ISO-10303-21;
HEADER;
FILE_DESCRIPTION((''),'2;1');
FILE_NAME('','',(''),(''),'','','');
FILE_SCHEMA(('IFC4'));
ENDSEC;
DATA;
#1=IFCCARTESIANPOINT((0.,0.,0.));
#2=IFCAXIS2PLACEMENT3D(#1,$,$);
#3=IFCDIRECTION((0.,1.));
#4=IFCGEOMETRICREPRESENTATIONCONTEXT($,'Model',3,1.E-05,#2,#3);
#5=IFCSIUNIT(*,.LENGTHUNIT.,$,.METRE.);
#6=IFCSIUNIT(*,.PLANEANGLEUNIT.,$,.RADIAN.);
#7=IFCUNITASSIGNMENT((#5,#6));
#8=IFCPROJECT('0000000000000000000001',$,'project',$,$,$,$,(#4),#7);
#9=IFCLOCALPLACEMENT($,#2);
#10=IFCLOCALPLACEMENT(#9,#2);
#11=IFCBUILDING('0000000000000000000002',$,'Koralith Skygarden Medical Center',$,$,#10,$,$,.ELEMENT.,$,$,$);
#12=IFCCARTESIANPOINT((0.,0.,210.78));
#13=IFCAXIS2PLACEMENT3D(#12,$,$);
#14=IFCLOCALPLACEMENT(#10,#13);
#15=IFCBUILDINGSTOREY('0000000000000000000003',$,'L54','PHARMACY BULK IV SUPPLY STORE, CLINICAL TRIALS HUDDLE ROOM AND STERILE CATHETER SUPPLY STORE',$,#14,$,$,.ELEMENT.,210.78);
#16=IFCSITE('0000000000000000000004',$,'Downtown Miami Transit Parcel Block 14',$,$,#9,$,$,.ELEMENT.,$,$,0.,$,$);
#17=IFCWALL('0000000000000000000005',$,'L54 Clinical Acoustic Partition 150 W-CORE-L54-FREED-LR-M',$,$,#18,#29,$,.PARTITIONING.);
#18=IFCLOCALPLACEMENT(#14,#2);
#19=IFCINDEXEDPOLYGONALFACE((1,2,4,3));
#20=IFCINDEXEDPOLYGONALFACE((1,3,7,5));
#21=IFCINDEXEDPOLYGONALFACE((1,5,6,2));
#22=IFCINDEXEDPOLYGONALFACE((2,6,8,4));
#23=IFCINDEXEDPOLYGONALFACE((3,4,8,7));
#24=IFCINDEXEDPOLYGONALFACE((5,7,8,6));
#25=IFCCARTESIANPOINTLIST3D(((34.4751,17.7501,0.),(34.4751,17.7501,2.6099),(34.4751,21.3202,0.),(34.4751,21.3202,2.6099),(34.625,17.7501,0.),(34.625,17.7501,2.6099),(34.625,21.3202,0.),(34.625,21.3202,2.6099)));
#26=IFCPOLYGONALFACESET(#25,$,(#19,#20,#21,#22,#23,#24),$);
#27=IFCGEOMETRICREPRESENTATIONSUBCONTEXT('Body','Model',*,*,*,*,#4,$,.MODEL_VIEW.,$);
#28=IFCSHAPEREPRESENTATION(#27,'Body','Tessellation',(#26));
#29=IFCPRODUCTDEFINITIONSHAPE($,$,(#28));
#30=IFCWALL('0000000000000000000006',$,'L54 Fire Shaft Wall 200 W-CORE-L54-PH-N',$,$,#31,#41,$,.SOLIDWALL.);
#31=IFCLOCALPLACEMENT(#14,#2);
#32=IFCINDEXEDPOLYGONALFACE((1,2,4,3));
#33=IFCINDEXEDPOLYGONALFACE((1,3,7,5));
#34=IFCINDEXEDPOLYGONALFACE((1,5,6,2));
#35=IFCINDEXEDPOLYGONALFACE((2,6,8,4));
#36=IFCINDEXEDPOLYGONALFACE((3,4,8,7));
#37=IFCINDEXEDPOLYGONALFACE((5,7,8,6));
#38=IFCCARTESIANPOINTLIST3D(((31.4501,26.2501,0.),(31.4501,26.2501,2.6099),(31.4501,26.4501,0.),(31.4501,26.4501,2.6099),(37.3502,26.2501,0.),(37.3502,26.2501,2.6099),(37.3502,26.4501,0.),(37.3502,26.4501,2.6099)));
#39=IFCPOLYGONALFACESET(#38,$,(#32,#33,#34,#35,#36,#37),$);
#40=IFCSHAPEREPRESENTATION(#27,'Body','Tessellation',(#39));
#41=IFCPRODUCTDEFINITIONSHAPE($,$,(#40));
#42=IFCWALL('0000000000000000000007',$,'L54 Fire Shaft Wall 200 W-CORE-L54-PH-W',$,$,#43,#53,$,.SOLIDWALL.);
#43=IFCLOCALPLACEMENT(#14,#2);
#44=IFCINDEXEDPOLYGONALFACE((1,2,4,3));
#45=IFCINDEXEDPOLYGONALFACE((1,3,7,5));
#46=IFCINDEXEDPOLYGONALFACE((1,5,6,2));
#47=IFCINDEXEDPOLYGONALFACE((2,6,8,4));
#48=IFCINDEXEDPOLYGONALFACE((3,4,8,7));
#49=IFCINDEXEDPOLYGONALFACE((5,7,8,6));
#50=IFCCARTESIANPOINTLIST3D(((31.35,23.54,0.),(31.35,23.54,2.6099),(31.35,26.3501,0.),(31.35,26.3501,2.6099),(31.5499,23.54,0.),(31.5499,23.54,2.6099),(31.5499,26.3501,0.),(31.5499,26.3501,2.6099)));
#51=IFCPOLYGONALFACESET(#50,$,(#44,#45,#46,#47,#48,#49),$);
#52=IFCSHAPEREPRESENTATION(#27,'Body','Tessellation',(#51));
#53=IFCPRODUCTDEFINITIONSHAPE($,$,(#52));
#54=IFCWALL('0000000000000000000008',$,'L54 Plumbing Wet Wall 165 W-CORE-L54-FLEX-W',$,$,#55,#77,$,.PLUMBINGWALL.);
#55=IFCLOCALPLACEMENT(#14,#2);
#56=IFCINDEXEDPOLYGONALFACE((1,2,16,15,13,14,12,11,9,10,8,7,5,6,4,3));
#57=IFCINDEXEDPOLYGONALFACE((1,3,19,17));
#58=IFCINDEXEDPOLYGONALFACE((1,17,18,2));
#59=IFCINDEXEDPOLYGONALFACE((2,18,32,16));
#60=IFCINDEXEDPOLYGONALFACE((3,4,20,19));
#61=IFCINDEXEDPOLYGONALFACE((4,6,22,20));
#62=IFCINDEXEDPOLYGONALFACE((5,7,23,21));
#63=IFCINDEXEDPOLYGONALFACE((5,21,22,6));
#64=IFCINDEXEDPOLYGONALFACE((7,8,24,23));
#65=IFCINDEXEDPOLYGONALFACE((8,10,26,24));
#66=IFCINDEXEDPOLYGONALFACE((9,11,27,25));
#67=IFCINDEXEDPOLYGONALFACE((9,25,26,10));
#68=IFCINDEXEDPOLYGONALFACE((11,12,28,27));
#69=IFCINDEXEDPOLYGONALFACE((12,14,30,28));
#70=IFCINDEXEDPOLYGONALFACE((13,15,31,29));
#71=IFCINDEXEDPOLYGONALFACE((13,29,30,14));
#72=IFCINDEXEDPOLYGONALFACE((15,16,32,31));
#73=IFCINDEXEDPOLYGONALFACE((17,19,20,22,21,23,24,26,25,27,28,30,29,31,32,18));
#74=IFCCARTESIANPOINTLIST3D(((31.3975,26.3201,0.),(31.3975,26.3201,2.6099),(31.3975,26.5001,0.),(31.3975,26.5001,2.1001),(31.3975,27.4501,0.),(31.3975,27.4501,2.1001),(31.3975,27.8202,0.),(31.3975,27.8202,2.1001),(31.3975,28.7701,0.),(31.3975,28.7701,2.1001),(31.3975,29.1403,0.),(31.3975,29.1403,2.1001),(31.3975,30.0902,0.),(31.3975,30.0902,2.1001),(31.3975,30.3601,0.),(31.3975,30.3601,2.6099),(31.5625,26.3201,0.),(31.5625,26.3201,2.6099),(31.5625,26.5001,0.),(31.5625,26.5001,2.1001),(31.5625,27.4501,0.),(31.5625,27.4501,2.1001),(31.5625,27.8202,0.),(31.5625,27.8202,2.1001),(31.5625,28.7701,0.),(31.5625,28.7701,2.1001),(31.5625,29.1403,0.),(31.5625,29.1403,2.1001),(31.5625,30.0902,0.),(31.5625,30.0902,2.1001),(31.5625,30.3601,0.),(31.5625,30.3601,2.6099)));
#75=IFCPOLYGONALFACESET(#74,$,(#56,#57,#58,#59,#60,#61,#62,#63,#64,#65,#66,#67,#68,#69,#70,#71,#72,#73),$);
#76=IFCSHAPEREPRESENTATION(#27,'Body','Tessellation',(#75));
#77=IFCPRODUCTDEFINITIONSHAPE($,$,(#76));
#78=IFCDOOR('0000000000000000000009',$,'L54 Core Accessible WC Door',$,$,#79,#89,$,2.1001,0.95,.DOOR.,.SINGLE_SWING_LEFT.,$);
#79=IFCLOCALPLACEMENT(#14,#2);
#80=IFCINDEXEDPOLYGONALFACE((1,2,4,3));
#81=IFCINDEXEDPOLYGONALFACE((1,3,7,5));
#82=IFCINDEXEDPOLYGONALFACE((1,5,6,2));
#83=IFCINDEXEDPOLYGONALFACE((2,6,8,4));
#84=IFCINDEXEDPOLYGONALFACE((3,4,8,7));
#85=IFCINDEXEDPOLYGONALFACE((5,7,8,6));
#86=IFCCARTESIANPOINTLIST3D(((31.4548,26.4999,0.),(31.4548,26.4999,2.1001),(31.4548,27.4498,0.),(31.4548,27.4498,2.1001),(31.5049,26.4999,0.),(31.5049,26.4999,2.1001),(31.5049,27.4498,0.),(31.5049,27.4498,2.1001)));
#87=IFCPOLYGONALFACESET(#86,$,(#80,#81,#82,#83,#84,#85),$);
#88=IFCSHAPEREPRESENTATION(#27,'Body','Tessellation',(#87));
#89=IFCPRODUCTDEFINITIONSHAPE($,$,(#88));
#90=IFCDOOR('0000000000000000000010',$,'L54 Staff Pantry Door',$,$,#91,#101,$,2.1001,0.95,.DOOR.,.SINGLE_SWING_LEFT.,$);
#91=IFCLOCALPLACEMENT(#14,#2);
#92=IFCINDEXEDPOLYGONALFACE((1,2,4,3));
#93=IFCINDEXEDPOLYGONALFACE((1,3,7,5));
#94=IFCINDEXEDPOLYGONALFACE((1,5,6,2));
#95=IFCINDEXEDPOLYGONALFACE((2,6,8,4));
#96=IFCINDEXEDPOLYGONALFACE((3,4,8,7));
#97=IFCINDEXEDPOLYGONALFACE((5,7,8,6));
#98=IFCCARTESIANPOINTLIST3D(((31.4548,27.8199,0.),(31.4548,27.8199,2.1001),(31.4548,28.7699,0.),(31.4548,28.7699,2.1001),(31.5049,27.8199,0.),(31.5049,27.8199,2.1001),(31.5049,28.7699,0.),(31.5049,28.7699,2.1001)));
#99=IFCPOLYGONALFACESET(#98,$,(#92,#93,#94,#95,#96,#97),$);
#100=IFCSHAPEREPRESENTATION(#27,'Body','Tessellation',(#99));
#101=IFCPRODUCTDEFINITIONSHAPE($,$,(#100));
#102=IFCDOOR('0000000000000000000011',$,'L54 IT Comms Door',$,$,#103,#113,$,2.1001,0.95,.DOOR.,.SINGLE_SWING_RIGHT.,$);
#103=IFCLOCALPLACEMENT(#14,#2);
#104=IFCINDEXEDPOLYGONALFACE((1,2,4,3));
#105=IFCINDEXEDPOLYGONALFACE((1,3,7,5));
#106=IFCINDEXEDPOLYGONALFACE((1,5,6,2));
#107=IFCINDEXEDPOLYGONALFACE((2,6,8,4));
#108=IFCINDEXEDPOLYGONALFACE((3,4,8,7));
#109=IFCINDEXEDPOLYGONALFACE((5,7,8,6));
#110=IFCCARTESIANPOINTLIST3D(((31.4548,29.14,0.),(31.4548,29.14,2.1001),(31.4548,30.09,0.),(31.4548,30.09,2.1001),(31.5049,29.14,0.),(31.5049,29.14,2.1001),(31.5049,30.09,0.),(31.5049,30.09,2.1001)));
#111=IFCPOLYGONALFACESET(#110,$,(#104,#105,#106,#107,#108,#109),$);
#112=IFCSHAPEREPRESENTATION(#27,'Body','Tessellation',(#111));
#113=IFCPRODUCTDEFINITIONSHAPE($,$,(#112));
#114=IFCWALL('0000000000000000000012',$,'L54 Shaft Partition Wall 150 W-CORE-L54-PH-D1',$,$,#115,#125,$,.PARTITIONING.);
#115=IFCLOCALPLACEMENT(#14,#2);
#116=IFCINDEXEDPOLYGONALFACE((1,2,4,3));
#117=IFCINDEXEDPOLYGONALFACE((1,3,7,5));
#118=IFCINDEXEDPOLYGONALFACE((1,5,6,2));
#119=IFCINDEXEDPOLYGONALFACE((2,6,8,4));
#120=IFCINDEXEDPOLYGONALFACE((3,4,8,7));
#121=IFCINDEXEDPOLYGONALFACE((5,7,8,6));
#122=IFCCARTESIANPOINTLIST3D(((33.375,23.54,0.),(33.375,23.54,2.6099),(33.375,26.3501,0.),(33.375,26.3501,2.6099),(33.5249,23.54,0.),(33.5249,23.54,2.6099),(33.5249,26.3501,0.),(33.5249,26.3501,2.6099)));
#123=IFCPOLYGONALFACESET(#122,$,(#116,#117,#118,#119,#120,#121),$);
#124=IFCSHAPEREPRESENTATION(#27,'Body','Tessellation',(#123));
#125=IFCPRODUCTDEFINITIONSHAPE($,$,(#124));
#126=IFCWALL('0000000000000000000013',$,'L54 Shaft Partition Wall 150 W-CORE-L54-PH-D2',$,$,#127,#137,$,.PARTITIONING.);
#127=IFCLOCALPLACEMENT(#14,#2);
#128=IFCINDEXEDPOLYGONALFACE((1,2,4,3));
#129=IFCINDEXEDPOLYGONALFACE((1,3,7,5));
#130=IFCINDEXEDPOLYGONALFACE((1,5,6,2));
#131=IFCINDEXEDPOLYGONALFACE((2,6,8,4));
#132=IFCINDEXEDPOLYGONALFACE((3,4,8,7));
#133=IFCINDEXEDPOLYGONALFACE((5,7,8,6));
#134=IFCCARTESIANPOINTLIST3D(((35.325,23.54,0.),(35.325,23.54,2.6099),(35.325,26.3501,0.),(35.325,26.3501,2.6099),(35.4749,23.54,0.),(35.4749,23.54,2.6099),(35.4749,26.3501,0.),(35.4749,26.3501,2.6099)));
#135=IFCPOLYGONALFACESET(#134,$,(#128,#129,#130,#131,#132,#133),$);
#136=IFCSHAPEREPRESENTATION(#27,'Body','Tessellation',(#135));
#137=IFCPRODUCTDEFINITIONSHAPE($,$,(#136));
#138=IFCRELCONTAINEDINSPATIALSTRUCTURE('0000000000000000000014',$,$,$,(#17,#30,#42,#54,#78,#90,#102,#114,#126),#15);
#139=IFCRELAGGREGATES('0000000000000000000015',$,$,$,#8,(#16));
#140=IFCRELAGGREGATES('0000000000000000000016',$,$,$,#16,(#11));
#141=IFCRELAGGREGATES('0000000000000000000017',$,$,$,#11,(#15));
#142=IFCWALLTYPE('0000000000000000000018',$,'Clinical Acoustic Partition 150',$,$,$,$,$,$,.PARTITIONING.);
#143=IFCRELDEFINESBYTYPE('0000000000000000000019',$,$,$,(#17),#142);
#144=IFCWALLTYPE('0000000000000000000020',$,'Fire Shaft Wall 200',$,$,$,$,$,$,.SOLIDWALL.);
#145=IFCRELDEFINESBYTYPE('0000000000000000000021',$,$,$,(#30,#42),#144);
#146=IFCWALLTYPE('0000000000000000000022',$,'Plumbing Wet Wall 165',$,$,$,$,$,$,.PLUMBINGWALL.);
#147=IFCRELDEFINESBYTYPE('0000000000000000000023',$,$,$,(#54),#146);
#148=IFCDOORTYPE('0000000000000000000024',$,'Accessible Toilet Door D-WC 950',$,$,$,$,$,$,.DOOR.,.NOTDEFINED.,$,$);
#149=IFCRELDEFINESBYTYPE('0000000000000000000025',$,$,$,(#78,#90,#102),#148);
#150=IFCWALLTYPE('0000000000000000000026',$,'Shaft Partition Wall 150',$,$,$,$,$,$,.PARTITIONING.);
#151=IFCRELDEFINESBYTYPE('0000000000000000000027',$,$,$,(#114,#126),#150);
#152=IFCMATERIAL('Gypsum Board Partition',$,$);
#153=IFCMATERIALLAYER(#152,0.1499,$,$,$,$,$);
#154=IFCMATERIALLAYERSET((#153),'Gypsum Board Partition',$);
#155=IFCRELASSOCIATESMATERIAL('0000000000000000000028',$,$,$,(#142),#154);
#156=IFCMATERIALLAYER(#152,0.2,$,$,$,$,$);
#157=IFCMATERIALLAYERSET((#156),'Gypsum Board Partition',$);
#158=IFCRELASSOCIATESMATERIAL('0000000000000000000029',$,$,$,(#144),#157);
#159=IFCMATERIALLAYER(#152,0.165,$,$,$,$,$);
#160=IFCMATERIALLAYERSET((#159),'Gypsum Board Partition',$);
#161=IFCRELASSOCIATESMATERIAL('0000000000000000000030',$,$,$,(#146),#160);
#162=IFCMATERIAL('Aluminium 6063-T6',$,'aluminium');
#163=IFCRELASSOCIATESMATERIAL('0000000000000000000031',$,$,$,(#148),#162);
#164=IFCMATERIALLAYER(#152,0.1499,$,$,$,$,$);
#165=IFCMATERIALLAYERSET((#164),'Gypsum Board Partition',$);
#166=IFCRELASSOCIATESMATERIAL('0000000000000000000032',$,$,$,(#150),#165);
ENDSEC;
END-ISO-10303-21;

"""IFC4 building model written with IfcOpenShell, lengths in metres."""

from ifc_helpers import new_model, si_unit, direction, frame, frame_2d, origin, place, context, subcontext, project, spatial, rectangle, extrude, material, layer, layer_set, type_object, element, fill, save


model = new_model("IFC4")

# Units and contexts
model_context = context("Model", 3, precision=1e-05, world=origin(), true_north=direction((0.0, 1.0)))
body_context = subcontext(model_context, "Body", "Model", "MODEL_VIEW")
ifc_project = project(units=[si_unit("LENGTHUNIT", "METRE"), si_unit("PLANEANGLEUNIT", "RADIAN")], contexts=[model_context])

# Site, building, storey
site_placement = place(None, origin())
site = spatial("IfcSite", under=ifc_project, at=site_placement, Name="Downtown Miami Transit Parcel Block 14", CompositionType="ELEMENT", RefElevation=0.0)
building_placement = place(site_placement, origin())
building = spatial("IfcBuilding", under=site, at=building_placement, Name="Koralith Skygarden Medical Center", CompositionType="ELEMENT")
storey_placement = place(building_placement, frame((0.0, 0.0, 210.78)))
storey = spatial("IfcBuildingStorey", under=building, at=storey_placement, Name="L54", Description="PHARMACY BULK IV SUPPLY STORE, CLINICAL TRIALS HUDDLE ROOM AND STERILE CATHETER SUPPLY STORE", CompositionType="ELEMENT", Elevation=210.78)

# Shared definitions
ifc_material_1 = material(Name="Gypsum Board Partition")
ifc_layer_1 = layer(ifc_material_1, 0.1499)
ifc_layer_set_1 = layer_set([ifc_layer_1], Name="Gypsum Board Partition")
wall_type_1 = type_object("IfcWallType", Name="Clinical Acoustic Partition 150", PredefinedType="PARTITIONING", material=ifc_layer_set_1)
ifc_material_2 = material(Name="Aluminium 6063-T6", Category="aluminium")

# Wall
wall_1_placement = place(storey_placement, frame((34.55, 17.75, 0.0), z_axis=(0.0, 0.0, 1.0), x_axis=(0.0, 1.0, 0.0)))
element("IfcWall", 1, at=wall_1_placement, inside=storey, type_object=wall_type_1, Name="L54 Clinical Acoustic Partition 150 W-CORE-L54-FREED-LR-M", PredefinedType="PARTITIONING", context=body_context, shape_type="SweptSolid", body=[
    extrude(rectangle(XDim=3.5701, YDim=0.1499, at=frame_2d((1.7852, 0.0))), origin(), (0.0, 0.0, 1.0), 2.6099),
])

# Shared definitions
ifc_layer_2 = layer(ifc_material_1, 0.2)
ifc_layer_set_2 = layer_set([ifc_layer_2], Name="Gypsum Board Partition")
wall_type_2 = type_object("IfcWallType", Name="Fire Shaft Wall 200", PredefinedType="SOLIDWALL", material=ifc_layer_set_2)

# Walls
wall_2_placement = place(storey_placement, frame((31.45, 26.3501, 0.0), z_axis=(0.0, 0.0, 1.0), x_axis=(1.0, 0.0, 0.0)))
element("IfcWall", 2, at=wall_2_placement, inside=storey, type_object=wall_type_2, Name="L54 Fire Shaft Wall 200 W-CORE-L54-PH-N", PredefinedType="SOLIDWALL", context=body_context, shape_type="SweptSolid", body=[
    extrude(rectangle(XDim=5.9001, YDim=0.2, at=frame_2d((2.9502, 0.0))), origin(), (0.0, 0.0, 1.0), 2.6099),
])
wall_3_placement = place(storey_placement, frame((31.45, 23.54, 0.0), z_axis=(0.0, 0.0, 1.0), x_axis=(0.0, 1.0, 0.0)))
element("IfcWall", 3, at=wall_3_placement, inside=storey, type_object=wall_type_2, Name="L54 Fire Shaft Wall 200 W-CORE-L54-PH-W", PredefinedType="SOLIDWALL", context=body_context, shape_type="SweptSolid", body=[
    extrude(rectangle(XDim=2.8101, YDim=0.2, at=frame_2d((1.405, 0.0))), origin(), (0.0, 0.0, 1.0), 2.6099),
])

# Wall, openings, doors
ifc_layer_3 = layer(ifc_material_1, 0.165)
ifc_layer_set_3 = layer_set([ifc_layer_3], Name="Gypsum Board Partition")
wall_type_3 = type_object("IfcWallType", Name="Plumbing Wet Wall 165", PredefinedType="PLUMBINGWALL", material=ifc_layer_set_3)
wall_4_placement = place(storey_placement, frame((31.48, 26.3201, 0.0), z_axis=(0.0, 0.0, 1.0), x_axis=(0.0, 1.0, 0.0)))
wall_4 = element("IfcWall", 4, at=wall_4_placement, inside=storey, type_object=wall_type_3, Name="L54 Plumbing Wet Wall 165 W-CORE-L54-FLEX-W", PredefinedType="PLUMBINGWALL", context=body_context, shape_type="SweptSolid", body=[
    extrude(rectangle(XDim=4.04, YDim=0.165, at=frame_2d((2.02, 0.0))), origin(), (0.0, 0.0, 1.0), 2.6099),
])
opening_1_placement = place(wall_4_placement, frame((0.1799, 0.0, 0.0)))
opening_1 = element("IfcOpeningElement", 5, at=opening_1_placement, cuts=wall_4, PredefinedType="OPENING", context=body_context, shape_type="SweptSolid", body=[
    extrude(rectangle(XDim=0.95, YDim=2.1001, at=frame_2d((0.4751, 1.05))), frame((0.0, 0.0925, 0.0), z_axis=(0.0, -1.0, 0.0), x_axis=(1.0, 0.0, 0.0)), (0.0, 0.0, 1.0), 0.1851),
])
opening_2_placement = place(wall_4_placement, frame((1.5, 0.0, 0.0)))
opening_2 = element("IfcOpeningElement", 6, at=opening_2_placement, cuts=wall_4, PredefinedType="OPENING", context=body_context, shape_type="SweptSolid", body=[
    extrude(rectangle(XDim=0.95, YDim=2.1001, at=frame_2d((0.4751, 1.05))), frame((0.0, 0.0925, 0.0), z_axis=(0.0, -1.0, 0.0), x_axis=(1.0, 0.0, 0.0)), (0.0, 0.0, 1.0), 0.1851),
])
opening_3_placement = place(wall_4_placement, frame((2.8201, 0.0, 0.0)))
opening_3 = element("IfcOpeningElement", 7, at=opening_3_placement, cuts=wall_4, PredefinedType="OPENING", context=body_context, shape_type="SweptSolid", body=[
    extrude(rectangle(XDim=0.95, YDim=2.1001, at=frame_2d((0.4751, 1.05))), frame((0.0, 0.0925, 0.0), z_axis=(0.0, -1.0, 0.0), x_axis=(1.0, 0.0, 0.0)), (0.0, 0.0, 1.0), 0.1851),
])
door_type_1 = type_object("IfcDoorType", Name="Accessible Toilet Door D-WC 950", OperationType="NOTDEFINED", PredefinedType="DOOR", material=ifc_material_2)
door_1_placement = place(opening_1_placement, frame((0.95, 0.0, 0.0), z_axis=(0.0, 0.0, 1.0), x_axis=(-1.0, 0.0, 0.0)))
door_1 = element("IfcDoor", 8, at=door_1_placement, inside=storey, type_object=door_type_1, Name="L54 Core Accessible WC Door", OperationType="SINGLE_SWING_LEFT", OverallHeight=2.1001, OverallWidth=0.95, PredefinedType="DOOR", context=body_context, shape_type="SweptSolid", body=[
    extrude(rectangle(XDim=0.95, YDim=2.1001, at=frame_2d((0.4751, 1.05))), frame((0.0, 0.0249, 0.0), z_axis=(0.0, -1.0, 0.0), x_axis=(1.0, 0.0, 0.0)), (0.0, 0.0, 1.0), 0.05),
])
fill(opening_1, door_1)
door_2_placement = place(opening_2_placement, frame((0.95, 0.0, 0.0), z_axis=(0.0, 0.0, 1.0), x_axis=(-1.0, 0.0, 0.0)))
door_2 = element("IfcDoor", 9, at=door_2_placement, inside=storey, type_object=door_type_1, Name="L54 Staff Pantry Door", OperationType="SINGLE_SWING_LEFT", OverallHeight=2.1001, OverallWidth=0.95, PredefinedType="DOOR", context=body_context, shape_type="SweptSolid", body=[
    extrude(rectangle(XDim=0.95, YDim=2.1001, at=frame_2d((0.4751, 1.05))), frame((0.0, 0.0249, 0.0), z_axis=(0.0, -1.0, 0.0), x_axis=(1.0, 0.0, 0.0)), (0.0, 0.0, 1.0), 0.05),
])
fill(opening_2, door_2)
door_3_placement = place(opening_3_placement, frame((0.95, 0.0, 0.0), z_axis=(0.0, 0.0, 1.0), x_axis=(-1.0, 0.0, 0.0)))
door_3 = element("IfcDoor", 10, at=door_3_placement, inside=storey, type_object=door_type_1, Name="L54 IT Comms Door", OperationType="SINGLE_SWING_RIGHT", OverallHeight=2.1001, OverallWidth=0.95, PredefinedType="DOOR", context=body_context, shape_type="SweptSolid", body=[
    extrude(rectangle(XDim=0.95, YDim=2.1001, at=frame_2d((0.4751, 1.05))), frame((0.0, 0.0249, 0.0), z_axis=(0.0, -1.0, 0.0), x_axis=(1.0, 0.0, 0.0)), (0.0, 0.0, 1.0), 0.05),
])
fill(opening_3, door_3)

# Walls
ifc_layer_4 = layer(ifc_material_1, 0.1499)
ifc_layer_set_4 = layer_set([ifc_layer_4], Name="Gypsum Board Partition")
wall_type_4 = type_object("IfcWallType", Name="Shaft Partition Wall 150", PredefinedType="PARTITIONING", material=ifc_layer_set_4)
for number, where, z_axis, x_axis, name in (
    (11, (33.45, 23.54, 0.0), (0.0, 0.0, 1.0), (0.0, 1.0, 0.0), "L54 Shaft Partition Wall 150 W-CORE-L54-PH-D1"),
    (12, (35.3999, 23.54, 0.0), (0.0, 0.0, 1.0), (0.0, 1.0, 0.0), "L54 Shaft Partition Wall 150 W-CORE-L54-PH-D2"),
):
    element("IfcWall", number, at=place(storey_placement, frame(where, z_axis=z_axis, x_axis=x_axis)), inside=storey, type_object=wall_type_4, Name=name, PredefinedType="PARTITIONING", context=body_context, shape_type="SweptSolid", body=[
        extrude(rectangle(XDim=2.8101, YDim=0.1499, at=frame_2d((1.405, 0.0))), origin(), (0.0, 0.0, 1.0), 2.6099),
    ])

save(model, "model.ifc")
